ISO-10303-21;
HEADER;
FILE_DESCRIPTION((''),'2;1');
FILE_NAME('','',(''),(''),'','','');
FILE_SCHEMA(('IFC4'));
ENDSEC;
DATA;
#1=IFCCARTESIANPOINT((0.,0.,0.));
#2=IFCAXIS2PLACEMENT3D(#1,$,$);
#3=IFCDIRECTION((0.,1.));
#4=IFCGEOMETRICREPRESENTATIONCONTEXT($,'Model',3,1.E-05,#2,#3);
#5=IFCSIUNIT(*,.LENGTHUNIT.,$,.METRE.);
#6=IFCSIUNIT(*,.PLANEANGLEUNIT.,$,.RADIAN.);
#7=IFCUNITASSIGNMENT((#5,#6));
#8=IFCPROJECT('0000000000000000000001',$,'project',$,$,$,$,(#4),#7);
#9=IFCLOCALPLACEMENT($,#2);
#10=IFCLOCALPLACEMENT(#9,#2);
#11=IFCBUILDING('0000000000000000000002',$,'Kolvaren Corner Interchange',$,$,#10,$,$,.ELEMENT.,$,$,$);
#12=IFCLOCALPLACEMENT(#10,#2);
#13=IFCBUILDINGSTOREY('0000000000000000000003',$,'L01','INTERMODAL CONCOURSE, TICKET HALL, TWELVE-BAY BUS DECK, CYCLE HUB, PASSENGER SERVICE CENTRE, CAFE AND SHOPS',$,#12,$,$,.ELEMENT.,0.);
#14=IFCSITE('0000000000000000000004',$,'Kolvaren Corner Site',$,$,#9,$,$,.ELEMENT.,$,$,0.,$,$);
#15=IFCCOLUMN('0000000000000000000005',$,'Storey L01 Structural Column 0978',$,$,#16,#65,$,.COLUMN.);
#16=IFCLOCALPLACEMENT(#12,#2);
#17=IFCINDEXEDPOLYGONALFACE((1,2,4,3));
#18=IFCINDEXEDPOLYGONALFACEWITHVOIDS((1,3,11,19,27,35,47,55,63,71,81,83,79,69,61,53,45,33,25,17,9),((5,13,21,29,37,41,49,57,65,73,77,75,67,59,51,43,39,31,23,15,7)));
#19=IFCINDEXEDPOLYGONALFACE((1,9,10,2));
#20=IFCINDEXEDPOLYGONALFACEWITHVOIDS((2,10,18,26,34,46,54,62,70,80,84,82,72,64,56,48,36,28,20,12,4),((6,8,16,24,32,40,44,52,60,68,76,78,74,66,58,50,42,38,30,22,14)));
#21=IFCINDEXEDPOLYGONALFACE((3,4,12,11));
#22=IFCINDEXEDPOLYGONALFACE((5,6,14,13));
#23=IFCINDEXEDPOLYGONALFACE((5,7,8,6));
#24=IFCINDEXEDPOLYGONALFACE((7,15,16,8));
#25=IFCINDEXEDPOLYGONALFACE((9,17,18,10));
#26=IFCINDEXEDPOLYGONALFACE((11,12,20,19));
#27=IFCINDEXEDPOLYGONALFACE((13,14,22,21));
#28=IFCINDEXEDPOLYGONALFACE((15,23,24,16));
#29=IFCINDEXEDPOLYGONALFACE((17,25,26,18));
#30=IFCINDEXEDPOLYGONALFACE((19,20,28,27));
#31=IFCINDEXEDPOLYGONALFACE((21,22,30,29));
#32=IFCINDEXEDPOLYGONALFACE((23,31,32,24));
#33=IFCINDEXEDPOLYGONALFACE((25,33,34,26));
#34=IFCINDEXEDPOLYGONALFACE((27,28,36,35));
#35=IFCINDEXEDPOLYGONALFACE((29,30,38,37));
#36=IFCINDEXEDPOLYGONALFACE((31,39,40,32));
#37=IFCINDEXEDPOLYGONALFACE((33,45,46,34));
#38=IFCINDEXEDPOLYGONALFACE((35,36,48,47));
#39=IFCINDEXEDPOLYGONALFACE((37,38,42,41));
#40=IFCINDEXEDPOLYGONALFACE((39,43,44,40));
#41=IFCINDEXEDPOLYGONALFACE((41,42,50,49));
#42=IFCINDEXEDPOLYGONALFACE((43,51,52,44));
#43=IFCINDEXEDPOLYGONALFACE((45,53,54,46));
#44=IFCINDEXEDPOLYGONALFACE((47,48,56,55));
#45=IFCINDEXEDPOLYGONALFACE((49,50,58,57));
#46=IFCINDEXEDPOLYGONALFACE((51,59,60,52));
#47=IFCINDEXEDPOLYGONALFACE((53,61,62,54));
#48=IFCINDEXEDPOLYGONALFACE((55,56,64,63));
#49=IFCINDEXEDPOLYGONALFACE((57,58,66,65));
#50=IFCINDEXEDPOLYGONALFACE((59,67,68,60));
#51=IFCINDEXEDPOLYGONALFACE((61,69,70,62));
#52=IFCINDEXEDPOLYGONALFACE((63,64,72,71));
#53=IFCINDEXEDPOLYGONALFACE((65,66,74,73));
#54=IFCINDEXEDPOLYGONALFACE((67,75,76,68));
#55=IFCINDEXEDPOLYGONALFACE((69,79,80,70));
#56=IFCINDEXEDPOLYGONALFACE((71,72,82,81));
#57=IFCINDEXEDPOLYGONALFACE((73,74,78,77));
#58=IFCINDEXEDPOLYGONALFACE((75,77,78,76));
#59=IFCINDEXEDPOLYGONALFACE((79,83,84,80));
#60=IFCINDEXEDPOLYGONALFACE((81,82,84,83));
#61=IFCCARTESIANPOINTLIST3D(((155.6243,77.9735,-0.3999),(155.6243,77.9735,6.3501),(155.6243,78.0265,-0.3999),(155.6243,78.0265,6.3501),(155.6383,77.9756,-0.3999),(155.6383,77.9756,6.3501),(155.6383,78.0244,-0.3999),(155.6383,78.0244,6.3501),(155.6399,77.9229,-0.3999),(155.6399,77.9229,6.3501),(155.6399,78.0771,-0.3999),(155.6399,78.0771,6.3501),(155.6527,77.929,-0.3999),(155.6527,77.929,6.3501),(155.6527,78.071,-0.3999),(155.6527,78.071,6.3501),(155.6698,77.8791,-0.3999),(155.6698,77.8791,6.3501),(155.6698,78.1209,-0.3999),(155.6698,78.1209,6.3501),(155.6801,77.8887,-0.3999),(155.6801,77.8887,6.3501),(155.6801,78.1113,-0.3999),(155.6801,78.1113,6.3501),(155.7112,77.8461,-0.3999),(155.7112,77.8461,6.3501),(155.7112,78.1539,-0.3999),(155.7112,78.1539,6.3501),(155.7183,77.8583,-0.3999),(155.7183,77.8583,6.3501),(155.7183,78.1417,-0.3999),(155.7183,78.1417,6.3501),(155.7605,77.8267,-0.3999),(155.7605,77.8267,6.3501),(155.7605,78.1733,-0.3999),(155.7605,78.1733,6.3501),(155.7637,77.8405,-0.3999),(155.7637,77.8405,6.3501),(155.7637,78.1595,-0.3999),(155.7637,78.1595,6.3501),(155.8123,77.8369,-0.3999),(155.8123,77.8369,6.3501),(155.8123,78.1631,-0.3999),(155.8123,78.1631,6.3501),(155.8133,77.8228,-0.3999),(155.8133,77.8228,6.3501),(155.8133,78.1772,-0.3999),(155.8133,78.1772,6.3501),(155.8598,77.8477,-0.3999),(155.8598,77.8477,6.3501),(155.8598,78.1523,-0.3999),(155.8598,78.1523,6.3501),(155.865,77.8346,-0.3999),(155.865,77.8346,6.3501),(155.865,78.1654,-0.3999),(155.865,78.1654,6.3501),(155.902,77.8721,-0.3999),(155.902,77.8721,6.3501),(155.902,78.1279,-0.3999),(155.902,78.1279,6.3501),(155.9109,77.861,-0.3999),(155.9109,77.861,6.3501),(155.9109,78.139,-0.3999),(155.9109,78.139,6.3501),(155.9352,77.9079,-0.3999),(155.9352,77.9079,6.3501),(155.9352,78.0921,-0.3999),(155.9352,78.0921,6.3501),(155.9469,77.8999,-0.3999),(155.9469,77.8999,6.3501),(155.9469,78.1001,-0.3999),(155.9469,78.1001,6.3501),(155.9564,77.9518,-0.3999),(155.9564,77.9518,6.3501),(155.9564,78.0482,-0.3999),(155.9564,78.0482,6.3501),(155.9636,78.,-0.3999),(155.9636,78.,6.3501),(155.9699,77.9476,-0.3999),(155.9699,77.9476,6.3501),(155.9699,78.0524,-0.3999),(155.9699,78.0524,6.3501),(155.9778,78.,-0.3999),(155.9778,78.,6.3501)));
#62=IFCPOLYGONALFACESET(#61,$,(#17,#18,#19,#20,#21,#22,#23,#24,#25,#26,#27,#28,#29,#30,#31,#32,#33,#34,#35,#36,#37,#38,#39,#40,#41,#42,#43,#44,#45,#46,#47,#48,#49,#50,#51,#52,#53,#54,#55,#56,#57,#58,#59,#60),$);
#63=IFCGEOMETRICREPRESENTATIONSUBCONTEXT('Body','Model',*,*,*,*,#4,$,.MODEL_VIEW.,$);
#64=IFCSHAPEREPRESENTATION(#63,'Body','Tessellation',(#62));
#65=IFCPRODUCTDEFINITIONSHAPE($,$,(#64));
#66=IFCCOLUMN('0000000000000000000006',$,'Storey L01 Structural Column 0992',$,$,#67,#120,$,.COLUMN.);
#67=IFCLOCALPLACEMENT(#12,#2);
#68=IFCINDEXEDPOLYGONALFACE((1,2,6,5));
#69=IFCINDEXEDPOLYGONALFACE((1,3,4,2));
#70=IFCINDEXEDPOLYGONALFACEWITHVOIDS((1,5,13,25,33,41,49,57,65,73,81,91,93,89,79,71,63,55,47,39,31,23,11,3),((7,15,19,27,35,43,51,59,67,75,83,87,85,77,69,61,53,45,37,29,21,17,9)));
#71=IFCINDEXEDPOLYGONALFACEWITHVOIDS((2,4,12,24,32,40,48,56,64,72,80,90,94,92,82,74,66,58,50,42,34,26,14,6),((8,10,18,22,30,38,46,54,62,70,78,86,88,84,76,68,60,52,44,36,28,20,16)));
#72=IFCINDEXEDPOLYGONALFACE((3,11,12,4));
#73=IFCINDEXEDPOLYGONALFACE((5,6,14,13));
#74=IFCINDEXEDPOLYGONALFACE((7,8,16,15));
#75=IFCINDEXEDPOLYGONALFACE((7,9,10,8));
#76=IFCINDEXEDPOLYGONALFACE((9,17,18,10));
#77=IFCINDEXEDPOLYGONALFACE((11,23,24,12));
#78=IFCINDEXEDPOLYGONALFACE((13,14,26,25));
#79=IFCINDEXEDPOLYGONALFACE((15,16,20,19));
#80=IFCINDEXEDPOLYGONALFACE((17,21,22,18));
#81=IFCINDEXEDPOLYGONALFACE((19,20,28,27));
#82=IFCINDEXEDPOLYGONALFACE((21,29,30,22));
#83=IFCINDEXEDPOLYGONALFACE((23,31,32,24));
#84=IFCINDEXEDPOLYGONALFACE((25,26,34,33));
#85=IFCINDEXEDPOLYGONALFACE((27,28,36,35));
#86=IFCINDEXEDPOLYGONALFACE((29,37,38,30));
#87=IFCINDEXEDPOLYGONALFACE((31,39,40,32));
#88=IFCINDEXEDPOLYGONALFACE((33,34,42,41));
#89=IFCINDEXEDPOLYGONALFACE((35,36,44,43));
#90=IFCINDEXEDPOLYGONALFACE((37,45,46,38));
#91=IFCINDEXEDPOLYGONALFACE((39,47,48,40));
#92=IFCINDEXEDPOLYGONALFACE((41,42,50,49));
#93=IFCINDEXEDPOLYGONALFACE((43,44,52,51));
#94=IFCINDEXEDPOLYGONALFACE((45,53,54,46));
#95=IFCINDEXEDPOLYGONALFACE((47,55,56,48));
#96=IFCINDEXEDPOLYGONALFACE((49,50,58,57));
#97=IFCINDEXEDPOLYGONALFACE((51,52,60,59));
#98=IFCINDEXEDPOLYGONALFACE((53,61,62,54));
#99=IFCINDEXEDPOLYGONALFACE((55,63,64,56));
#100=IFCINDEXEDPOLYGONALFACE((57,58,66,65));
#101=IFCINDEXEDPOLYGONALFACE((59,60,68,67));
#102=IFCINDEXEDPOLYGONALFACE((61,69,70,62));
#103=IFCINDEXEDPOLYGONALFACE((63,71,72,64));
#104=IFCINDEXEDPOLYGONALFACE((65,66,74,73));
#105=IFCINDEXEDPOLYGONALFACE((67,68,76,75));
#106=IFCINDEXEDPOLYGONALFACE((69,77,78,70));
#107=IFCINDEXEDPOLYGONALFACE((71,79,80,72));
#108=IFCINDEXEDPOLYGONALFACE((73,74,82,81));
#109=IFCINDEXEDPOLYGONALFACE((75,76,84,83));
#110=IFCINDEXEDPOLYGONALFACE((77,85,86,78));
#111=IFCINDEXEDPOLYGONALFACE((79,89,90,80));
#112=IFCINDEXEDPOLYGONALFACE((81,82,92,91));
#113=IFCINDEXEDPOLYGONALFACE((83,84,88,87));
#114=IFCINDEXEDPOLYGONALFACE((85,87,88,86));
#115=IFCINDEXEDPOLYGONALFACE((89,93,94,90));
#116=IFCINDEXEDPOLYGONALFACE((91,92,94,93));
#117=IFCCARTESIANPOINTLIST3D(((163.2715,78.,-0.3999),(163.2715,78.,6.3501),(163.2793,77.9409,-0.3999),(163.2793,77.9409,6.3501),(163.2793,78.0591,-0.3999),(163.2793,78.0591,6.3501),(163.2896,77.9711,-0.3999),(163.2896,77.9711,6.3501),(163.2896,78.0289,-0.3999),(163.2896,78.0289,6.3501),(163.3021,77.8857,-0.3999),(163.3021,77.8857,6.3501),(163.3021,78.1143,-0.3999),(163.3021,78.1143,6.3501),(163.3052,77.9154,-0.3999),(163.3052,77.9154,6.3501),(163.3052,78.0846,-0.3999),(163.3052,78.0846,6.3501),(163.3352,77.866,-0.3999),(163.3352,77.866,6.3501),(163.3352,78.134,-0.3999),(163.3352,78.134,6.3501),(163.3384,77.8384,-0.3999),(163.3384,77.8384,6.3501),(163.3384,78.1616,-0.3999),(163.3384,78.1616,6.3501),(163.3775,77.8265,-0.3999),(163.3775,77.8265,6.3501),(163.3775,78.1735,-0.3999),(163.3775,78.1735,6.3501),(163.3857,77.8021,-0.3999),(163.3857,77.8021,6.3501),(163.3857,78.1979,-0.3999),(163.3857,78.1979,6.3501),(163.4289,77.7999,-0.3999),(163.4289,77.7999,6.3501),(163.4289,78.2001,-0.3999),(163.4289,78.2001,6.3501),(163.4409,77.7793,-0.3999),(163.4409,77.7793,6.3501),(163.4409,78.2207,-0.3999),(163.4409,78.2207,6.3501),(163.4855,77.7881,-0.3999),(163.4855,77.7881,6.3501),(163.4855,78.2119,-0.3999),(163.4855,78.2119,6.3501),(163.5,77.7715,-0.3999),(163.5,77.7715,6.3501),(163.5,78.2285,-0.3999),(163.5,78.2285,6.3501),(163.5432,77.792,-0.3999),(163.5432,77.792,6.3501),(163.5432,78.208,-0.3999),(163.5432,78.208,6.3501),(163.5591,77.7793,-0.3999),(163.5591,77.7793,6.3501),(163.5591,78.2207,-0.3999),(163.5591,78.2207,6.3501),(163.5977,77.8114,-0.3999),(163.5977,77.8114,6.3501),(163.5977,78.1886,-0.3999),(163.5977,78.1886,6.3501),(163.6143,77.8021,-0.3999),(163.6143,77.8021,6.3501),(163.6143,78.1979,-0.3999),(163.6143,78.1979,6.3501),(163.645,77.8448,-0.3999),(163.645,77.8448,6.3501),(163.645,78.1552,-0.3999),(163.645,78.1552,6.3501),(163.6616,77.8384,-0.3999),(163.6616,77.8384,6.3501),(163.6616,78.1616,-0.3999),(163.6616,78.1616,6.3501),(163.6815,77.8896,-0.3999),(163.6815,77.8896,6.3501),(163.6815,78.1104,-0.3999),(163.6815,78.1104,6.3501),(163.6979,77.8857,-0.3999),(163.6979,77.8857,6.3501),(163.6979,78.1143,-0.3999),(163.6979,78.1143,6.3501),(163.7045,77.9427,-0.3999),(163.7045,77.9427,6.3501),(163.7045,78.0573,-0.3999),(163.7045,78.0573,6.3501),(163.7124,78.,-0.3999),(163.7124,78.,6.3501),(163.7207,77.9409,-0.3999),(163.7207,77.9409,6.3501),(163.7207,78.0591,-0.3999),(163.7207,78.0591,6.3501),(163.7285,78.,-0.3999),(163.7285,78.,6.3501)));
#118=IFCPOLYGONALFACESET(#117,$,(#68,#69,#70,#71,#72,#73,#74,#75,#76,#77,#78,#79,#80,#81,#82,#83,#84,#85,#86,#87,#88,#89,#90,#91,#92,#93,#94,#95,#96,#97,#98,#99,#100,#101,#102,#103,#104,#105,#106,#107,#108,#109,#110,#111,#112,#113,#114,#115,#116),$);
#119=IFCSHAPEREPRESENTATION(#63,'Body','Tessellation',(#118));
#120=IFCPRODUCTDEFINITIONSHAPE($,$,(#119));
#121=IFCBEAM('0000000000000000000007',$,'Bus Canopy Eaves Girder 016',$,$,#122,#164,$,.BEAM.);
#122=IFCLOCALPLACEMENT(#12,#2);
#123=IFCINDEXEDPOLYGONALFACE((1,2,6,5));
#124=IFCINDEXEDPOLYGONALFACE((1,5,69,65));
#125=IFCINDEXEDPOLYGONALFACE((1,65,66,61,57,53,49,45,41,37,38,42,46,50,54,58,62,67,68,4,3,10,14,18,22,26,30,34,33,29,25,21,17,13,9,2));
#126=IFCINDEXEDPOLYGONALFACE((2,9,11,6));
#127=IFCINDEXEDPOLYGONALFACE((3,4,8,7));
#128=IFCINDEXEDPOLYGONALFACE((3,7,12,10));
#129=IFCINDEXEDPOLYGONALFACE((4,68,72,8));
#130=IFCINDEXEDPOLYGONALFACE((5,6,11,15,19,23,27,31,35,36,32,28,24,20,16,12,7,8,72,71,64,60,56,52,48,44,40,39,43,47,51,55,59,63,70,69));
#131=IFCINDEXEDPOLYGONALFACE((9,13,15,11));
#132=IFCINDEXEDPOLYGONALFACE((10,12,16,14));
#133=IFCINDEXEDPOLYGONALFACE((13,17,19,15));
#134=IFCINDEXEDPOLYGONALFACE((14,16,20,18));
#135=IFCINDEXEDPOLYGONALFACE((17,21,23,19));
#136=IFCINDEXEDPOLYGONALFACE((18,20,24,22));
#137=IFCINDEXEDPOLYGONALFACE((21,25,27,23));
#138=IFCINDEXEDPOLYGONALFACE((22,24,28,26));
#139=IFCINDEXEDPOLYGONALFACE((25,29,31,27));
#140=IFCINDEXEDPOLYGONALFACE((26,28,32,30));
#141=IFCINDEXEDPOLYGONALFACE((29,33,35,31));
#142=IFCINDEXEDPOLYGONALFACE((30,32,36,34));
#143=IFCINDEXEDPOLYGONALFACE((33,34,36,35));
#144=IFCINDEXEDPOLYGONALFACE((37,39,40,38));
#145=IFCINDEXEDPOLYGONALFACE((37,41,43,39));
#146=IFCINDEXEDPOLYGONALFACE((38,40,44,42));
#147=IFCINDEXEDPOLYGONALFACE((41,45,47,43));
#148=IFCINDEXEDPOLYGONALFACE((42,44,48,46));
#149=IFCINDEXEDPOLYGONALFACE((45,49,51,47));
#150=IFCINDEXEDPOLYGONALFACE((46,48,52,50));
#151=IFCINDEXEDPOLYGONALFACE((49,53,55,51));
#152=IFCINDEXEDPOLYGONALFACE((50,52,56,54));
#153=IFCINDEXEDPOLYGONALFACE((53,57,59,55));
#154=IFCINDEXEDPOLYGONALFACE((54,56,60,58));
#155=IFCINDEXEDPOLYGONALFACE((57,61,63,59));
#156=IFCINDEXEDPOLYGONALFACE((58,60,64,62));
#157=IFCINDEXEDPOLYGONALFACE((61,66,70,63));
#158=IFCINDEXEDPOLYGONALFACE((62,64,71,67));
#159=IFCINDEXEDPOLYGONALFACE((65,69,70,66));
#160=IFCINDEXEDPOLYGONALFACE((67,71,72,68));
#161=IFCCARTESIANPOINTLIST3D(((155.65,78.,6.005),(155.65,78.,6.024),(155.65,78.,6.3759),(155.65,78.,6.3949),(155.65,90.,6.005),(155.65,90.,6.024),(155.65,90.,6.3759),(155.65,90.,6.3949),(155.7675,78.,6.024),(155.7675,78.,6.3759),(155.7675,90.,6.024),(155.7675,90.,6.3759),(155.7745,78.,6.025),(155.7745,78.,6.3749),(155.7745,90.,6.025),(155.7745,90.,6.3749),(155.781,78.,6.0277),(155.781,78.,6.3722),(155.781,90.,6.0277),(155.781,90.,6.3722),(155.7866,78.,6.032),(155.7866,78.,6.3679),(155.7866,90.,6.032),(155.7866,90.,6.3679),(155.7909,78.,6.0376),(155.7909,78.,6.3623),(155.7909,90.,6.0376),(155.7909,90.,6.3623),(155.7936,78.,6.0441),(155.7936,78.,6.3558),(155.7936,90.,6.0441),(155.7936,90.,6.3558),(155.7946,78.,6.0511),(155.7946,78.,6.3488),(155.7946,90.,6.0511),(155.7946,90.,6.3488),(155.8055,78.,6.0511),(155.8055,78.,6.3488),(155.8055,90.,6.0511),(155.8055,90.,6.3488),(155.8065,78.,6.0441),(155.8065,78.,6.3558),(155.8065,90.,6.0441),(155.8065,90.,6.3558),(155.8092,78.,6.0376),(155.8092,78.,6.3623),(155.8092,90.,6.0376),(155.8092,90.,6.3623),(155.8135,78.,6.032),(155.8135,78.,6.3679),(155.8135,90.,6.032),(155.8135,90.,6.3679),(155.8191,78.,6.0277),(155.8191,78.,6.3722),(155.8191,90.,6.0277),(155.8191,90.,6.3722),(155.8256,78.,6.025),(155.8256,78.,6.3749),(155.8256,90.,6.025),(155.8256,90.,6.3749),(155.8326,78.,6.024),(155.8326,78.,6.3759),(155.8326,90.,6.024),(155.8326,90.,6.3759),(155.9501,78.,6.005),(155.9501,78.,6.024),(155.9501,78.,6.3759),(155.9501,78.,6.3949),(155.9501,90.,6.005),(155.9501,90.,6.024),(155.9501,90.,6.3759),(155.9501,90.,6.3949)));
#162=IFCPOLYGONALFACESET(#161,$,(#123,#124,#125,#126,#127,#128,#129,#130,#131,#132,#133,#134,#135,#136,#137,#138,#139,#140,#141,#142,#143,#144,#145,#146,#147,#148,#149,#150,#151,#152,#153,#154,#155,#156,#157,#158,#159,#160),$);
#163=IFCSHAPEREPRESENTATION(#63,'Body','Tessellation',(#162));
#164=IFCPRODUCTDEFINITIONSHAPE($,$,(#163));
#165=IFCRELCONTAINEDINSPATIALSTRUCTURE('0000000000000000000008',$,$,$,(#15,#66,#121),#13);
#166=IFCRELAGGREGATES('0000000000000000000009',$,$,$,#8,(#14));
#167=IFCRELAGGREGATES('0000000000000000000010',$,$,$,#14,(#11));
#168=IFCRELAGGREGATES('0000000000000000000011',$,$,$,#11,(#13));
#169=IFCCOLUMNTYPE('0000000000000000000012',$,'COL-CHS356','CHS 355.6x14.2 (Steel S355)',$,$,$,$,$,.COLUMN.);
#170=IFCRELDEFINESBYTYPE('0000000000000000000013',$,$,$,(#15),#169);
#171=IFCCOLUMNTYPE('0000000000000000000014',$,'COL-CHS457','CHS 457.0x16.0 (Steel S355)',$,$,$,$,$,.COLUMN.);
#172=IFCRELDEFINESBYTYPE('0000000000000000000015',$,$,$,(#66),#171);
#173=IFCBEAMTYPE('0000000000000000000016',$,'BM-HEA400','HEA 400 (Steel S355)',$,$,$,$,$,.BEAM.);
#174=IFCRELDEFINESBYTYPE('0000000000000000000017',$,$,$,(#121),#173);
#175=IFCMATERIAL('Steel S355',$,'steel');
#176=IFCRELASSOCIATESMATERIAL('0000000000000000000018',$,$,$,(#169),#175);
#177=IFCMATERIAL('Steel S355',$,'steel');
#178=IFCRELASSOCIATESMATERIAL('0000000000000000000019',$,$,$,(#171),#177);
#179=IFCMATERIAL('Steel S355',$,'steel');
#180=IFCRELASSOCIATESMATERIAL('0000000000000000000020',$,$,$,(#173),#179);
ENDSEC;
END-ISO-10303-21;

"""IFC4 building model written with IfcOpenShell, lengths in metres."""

from ifc_helpers import new_model, si_unit, direction, frame, origin, origin_2d, place, context, subcontext, project, spatial, hollow_circle, i_section, extrude, material, material_profile, profile_set, type_object, element, save


model = new_model("IFC4")

# Units and contexts
model_context = context("Model", 3, precision=1e-05, world=origin(), true_north=direction((0.0, 1.0)))
body_context = subcontext(model_context, "Body", "Model", "MODEL_VIEW")
ifc_project = project(units=[si_unit("LENGTHUNIT", "METRE"), si_unit("PLANEANGLEUNIT", "RADIAN")], contexts=[model_context])

# Site, building, storey
site_placement = place(None, origin())
site = spatial("IfcSite", under=ifc_project, at=site_placement, Name="Kolvaren Corner Site", CompositionType="ELEMENT", RefElevation=0.0)
building_placement = place(site_placement, origin())
building = spatial("IfcBuilding", under=site, at=building_placement, Name="Kolvaren Corner Interchange", CompositionType="ELEMENT")
storey_placement = place(building_placement, origin())
storey = spatial("IfcBuildingStorey", under=building, at=storey_placement, Name="L01", Description="INTERMODAL CONCOURSE, TICKET HALL, TWELVE-BAY BUS DECK, CYCLE HUB, PASSENGER SERVICE CENTRE, CAFE AND SHOPS", CompositionType="ELEMENT", Elevation=0.0)

# Columns
ifc_material_1 = material(Name="Steel S355", Category="steel")
ifc_material_profile_1 = material_profile(ifc_material_1, hollow_circle(Radius=0.1777, WallThickness=0.0142, at=origin_2d()), Name="CHS 355.6x14.2")
ifc_profile_set_1 = profile_set([ifc_material_profile_1], Name="Steel S355")
column_type_1 = type_object("IfcColumnType", Name="COL-CHS356", Description="CHS 355.6x14.2 (Steel S355)", PredefinedType="COLUMN", material=ifc_profile_set_1)
column_1_placement = place(storey_placement, frame((155.8, 78.0, -0.3999), z_axis=(0.0, 0.0, 1.0), x_axis=(1.0, 0.0, 0.0)))
element("IfcColumn", 1, at=column_1_placement, inside=storey, type_object=column_type_1, Name="Storey L01 Structural Column 0978", PredefinedType="COLUMN", context=body_context, shape_type="SweptSolid", body=[
    extrude(hollow_circle(Radius=0.1777, WallThickness=0.0142, at=origin_2d()), origin(), (0.0, 0.0, 1.0), 6.75),
])
ifc_material_2 = material(Name="Steel S355", Category="steel")
ifc_material_profile_2 = material_profile(ifc_material_2, hollow_circle(Radius=0.2285, WallThickness=0.0161, at=origin_2d()), Name="CHS 457.0x16.0")
ifc_profile_set_2 = profile_set([ifc_material_profile_2], Name="Steel S355")
column_type_2 = type_object("IfcColumnType", Name="COL-CHS457", Description="CHS 457.0x16.0 (Steel S355)", PredefinedType="COLUMN", material=ifc_profile_set_2)
column_2_placement = place(storey_placement, frame((163.5, 78.0, -0.3999), z_axis=(0.0, 0.0, 1.0), x_axis=(1.0, 0.0, 0.0)))
element("IfcColumn", 2, at=column_2_placement, inside=storey, type_object=column_type_2, Name="Storey L01 Structural Column 0992", PredefinedType="COLUMN", context=body_context, shape_type="SweptSolid", body=[
    extrude(hollow_circle(Radius=0.2285, WallThickness=0.0161, at=origin_2d()), origin(), (0.0, 0.0, 1.0), 6.75),
])

# Beam
ifc_material_3 = material(Name="Steel S355", Category="steel")
ifc_material_profile_3 = material_profile(ifc_material_3, i_section(OverallWidth=0.3, OverallDepth=0.3899, WebThickness=0.011, FlangeThickness=0.019, FilletRadius=0.0271, at=origin_2d()), Name="HEA 400")
ifc_profile_set_3 = profile_set([ifc_material_profile_3], Name="Steel S355")
beam_type = type_object("IfcBeamType", Name="BM-HEA400", Description="HEA 400 (Steel S355)", PredefinedType="BEAM", material=ifc_profile_set_3)
for number, where, z_axis, x_axis, name in (
    (3, (155.8, 78.0, 6.2), (0.0, 1.0, 0.0), (-1.0, 0.0, 0.0), "Bus Canopy Eaves Girder 016"),
):
    element("IfcBeam", number, at=place(storey_placement, frame(where, z_axis=z_axis, x_axis=x_axis)), inside=storey, type_object=beam_type, Name=name, PredefinedType="BEAM", context=body_context, shape_type="SweptSolid", body=[
        extrude(i_section(OverallWidth=0.3, OverallDepth=0.3899, WebThickness=0.011, FlangeThickness=0.019, FilletRadius=0.0271, at=origin_2d()), origin(), (0.0, 0.0, 1.0), 12.0),
    ])

save(model, "model.ifc")
